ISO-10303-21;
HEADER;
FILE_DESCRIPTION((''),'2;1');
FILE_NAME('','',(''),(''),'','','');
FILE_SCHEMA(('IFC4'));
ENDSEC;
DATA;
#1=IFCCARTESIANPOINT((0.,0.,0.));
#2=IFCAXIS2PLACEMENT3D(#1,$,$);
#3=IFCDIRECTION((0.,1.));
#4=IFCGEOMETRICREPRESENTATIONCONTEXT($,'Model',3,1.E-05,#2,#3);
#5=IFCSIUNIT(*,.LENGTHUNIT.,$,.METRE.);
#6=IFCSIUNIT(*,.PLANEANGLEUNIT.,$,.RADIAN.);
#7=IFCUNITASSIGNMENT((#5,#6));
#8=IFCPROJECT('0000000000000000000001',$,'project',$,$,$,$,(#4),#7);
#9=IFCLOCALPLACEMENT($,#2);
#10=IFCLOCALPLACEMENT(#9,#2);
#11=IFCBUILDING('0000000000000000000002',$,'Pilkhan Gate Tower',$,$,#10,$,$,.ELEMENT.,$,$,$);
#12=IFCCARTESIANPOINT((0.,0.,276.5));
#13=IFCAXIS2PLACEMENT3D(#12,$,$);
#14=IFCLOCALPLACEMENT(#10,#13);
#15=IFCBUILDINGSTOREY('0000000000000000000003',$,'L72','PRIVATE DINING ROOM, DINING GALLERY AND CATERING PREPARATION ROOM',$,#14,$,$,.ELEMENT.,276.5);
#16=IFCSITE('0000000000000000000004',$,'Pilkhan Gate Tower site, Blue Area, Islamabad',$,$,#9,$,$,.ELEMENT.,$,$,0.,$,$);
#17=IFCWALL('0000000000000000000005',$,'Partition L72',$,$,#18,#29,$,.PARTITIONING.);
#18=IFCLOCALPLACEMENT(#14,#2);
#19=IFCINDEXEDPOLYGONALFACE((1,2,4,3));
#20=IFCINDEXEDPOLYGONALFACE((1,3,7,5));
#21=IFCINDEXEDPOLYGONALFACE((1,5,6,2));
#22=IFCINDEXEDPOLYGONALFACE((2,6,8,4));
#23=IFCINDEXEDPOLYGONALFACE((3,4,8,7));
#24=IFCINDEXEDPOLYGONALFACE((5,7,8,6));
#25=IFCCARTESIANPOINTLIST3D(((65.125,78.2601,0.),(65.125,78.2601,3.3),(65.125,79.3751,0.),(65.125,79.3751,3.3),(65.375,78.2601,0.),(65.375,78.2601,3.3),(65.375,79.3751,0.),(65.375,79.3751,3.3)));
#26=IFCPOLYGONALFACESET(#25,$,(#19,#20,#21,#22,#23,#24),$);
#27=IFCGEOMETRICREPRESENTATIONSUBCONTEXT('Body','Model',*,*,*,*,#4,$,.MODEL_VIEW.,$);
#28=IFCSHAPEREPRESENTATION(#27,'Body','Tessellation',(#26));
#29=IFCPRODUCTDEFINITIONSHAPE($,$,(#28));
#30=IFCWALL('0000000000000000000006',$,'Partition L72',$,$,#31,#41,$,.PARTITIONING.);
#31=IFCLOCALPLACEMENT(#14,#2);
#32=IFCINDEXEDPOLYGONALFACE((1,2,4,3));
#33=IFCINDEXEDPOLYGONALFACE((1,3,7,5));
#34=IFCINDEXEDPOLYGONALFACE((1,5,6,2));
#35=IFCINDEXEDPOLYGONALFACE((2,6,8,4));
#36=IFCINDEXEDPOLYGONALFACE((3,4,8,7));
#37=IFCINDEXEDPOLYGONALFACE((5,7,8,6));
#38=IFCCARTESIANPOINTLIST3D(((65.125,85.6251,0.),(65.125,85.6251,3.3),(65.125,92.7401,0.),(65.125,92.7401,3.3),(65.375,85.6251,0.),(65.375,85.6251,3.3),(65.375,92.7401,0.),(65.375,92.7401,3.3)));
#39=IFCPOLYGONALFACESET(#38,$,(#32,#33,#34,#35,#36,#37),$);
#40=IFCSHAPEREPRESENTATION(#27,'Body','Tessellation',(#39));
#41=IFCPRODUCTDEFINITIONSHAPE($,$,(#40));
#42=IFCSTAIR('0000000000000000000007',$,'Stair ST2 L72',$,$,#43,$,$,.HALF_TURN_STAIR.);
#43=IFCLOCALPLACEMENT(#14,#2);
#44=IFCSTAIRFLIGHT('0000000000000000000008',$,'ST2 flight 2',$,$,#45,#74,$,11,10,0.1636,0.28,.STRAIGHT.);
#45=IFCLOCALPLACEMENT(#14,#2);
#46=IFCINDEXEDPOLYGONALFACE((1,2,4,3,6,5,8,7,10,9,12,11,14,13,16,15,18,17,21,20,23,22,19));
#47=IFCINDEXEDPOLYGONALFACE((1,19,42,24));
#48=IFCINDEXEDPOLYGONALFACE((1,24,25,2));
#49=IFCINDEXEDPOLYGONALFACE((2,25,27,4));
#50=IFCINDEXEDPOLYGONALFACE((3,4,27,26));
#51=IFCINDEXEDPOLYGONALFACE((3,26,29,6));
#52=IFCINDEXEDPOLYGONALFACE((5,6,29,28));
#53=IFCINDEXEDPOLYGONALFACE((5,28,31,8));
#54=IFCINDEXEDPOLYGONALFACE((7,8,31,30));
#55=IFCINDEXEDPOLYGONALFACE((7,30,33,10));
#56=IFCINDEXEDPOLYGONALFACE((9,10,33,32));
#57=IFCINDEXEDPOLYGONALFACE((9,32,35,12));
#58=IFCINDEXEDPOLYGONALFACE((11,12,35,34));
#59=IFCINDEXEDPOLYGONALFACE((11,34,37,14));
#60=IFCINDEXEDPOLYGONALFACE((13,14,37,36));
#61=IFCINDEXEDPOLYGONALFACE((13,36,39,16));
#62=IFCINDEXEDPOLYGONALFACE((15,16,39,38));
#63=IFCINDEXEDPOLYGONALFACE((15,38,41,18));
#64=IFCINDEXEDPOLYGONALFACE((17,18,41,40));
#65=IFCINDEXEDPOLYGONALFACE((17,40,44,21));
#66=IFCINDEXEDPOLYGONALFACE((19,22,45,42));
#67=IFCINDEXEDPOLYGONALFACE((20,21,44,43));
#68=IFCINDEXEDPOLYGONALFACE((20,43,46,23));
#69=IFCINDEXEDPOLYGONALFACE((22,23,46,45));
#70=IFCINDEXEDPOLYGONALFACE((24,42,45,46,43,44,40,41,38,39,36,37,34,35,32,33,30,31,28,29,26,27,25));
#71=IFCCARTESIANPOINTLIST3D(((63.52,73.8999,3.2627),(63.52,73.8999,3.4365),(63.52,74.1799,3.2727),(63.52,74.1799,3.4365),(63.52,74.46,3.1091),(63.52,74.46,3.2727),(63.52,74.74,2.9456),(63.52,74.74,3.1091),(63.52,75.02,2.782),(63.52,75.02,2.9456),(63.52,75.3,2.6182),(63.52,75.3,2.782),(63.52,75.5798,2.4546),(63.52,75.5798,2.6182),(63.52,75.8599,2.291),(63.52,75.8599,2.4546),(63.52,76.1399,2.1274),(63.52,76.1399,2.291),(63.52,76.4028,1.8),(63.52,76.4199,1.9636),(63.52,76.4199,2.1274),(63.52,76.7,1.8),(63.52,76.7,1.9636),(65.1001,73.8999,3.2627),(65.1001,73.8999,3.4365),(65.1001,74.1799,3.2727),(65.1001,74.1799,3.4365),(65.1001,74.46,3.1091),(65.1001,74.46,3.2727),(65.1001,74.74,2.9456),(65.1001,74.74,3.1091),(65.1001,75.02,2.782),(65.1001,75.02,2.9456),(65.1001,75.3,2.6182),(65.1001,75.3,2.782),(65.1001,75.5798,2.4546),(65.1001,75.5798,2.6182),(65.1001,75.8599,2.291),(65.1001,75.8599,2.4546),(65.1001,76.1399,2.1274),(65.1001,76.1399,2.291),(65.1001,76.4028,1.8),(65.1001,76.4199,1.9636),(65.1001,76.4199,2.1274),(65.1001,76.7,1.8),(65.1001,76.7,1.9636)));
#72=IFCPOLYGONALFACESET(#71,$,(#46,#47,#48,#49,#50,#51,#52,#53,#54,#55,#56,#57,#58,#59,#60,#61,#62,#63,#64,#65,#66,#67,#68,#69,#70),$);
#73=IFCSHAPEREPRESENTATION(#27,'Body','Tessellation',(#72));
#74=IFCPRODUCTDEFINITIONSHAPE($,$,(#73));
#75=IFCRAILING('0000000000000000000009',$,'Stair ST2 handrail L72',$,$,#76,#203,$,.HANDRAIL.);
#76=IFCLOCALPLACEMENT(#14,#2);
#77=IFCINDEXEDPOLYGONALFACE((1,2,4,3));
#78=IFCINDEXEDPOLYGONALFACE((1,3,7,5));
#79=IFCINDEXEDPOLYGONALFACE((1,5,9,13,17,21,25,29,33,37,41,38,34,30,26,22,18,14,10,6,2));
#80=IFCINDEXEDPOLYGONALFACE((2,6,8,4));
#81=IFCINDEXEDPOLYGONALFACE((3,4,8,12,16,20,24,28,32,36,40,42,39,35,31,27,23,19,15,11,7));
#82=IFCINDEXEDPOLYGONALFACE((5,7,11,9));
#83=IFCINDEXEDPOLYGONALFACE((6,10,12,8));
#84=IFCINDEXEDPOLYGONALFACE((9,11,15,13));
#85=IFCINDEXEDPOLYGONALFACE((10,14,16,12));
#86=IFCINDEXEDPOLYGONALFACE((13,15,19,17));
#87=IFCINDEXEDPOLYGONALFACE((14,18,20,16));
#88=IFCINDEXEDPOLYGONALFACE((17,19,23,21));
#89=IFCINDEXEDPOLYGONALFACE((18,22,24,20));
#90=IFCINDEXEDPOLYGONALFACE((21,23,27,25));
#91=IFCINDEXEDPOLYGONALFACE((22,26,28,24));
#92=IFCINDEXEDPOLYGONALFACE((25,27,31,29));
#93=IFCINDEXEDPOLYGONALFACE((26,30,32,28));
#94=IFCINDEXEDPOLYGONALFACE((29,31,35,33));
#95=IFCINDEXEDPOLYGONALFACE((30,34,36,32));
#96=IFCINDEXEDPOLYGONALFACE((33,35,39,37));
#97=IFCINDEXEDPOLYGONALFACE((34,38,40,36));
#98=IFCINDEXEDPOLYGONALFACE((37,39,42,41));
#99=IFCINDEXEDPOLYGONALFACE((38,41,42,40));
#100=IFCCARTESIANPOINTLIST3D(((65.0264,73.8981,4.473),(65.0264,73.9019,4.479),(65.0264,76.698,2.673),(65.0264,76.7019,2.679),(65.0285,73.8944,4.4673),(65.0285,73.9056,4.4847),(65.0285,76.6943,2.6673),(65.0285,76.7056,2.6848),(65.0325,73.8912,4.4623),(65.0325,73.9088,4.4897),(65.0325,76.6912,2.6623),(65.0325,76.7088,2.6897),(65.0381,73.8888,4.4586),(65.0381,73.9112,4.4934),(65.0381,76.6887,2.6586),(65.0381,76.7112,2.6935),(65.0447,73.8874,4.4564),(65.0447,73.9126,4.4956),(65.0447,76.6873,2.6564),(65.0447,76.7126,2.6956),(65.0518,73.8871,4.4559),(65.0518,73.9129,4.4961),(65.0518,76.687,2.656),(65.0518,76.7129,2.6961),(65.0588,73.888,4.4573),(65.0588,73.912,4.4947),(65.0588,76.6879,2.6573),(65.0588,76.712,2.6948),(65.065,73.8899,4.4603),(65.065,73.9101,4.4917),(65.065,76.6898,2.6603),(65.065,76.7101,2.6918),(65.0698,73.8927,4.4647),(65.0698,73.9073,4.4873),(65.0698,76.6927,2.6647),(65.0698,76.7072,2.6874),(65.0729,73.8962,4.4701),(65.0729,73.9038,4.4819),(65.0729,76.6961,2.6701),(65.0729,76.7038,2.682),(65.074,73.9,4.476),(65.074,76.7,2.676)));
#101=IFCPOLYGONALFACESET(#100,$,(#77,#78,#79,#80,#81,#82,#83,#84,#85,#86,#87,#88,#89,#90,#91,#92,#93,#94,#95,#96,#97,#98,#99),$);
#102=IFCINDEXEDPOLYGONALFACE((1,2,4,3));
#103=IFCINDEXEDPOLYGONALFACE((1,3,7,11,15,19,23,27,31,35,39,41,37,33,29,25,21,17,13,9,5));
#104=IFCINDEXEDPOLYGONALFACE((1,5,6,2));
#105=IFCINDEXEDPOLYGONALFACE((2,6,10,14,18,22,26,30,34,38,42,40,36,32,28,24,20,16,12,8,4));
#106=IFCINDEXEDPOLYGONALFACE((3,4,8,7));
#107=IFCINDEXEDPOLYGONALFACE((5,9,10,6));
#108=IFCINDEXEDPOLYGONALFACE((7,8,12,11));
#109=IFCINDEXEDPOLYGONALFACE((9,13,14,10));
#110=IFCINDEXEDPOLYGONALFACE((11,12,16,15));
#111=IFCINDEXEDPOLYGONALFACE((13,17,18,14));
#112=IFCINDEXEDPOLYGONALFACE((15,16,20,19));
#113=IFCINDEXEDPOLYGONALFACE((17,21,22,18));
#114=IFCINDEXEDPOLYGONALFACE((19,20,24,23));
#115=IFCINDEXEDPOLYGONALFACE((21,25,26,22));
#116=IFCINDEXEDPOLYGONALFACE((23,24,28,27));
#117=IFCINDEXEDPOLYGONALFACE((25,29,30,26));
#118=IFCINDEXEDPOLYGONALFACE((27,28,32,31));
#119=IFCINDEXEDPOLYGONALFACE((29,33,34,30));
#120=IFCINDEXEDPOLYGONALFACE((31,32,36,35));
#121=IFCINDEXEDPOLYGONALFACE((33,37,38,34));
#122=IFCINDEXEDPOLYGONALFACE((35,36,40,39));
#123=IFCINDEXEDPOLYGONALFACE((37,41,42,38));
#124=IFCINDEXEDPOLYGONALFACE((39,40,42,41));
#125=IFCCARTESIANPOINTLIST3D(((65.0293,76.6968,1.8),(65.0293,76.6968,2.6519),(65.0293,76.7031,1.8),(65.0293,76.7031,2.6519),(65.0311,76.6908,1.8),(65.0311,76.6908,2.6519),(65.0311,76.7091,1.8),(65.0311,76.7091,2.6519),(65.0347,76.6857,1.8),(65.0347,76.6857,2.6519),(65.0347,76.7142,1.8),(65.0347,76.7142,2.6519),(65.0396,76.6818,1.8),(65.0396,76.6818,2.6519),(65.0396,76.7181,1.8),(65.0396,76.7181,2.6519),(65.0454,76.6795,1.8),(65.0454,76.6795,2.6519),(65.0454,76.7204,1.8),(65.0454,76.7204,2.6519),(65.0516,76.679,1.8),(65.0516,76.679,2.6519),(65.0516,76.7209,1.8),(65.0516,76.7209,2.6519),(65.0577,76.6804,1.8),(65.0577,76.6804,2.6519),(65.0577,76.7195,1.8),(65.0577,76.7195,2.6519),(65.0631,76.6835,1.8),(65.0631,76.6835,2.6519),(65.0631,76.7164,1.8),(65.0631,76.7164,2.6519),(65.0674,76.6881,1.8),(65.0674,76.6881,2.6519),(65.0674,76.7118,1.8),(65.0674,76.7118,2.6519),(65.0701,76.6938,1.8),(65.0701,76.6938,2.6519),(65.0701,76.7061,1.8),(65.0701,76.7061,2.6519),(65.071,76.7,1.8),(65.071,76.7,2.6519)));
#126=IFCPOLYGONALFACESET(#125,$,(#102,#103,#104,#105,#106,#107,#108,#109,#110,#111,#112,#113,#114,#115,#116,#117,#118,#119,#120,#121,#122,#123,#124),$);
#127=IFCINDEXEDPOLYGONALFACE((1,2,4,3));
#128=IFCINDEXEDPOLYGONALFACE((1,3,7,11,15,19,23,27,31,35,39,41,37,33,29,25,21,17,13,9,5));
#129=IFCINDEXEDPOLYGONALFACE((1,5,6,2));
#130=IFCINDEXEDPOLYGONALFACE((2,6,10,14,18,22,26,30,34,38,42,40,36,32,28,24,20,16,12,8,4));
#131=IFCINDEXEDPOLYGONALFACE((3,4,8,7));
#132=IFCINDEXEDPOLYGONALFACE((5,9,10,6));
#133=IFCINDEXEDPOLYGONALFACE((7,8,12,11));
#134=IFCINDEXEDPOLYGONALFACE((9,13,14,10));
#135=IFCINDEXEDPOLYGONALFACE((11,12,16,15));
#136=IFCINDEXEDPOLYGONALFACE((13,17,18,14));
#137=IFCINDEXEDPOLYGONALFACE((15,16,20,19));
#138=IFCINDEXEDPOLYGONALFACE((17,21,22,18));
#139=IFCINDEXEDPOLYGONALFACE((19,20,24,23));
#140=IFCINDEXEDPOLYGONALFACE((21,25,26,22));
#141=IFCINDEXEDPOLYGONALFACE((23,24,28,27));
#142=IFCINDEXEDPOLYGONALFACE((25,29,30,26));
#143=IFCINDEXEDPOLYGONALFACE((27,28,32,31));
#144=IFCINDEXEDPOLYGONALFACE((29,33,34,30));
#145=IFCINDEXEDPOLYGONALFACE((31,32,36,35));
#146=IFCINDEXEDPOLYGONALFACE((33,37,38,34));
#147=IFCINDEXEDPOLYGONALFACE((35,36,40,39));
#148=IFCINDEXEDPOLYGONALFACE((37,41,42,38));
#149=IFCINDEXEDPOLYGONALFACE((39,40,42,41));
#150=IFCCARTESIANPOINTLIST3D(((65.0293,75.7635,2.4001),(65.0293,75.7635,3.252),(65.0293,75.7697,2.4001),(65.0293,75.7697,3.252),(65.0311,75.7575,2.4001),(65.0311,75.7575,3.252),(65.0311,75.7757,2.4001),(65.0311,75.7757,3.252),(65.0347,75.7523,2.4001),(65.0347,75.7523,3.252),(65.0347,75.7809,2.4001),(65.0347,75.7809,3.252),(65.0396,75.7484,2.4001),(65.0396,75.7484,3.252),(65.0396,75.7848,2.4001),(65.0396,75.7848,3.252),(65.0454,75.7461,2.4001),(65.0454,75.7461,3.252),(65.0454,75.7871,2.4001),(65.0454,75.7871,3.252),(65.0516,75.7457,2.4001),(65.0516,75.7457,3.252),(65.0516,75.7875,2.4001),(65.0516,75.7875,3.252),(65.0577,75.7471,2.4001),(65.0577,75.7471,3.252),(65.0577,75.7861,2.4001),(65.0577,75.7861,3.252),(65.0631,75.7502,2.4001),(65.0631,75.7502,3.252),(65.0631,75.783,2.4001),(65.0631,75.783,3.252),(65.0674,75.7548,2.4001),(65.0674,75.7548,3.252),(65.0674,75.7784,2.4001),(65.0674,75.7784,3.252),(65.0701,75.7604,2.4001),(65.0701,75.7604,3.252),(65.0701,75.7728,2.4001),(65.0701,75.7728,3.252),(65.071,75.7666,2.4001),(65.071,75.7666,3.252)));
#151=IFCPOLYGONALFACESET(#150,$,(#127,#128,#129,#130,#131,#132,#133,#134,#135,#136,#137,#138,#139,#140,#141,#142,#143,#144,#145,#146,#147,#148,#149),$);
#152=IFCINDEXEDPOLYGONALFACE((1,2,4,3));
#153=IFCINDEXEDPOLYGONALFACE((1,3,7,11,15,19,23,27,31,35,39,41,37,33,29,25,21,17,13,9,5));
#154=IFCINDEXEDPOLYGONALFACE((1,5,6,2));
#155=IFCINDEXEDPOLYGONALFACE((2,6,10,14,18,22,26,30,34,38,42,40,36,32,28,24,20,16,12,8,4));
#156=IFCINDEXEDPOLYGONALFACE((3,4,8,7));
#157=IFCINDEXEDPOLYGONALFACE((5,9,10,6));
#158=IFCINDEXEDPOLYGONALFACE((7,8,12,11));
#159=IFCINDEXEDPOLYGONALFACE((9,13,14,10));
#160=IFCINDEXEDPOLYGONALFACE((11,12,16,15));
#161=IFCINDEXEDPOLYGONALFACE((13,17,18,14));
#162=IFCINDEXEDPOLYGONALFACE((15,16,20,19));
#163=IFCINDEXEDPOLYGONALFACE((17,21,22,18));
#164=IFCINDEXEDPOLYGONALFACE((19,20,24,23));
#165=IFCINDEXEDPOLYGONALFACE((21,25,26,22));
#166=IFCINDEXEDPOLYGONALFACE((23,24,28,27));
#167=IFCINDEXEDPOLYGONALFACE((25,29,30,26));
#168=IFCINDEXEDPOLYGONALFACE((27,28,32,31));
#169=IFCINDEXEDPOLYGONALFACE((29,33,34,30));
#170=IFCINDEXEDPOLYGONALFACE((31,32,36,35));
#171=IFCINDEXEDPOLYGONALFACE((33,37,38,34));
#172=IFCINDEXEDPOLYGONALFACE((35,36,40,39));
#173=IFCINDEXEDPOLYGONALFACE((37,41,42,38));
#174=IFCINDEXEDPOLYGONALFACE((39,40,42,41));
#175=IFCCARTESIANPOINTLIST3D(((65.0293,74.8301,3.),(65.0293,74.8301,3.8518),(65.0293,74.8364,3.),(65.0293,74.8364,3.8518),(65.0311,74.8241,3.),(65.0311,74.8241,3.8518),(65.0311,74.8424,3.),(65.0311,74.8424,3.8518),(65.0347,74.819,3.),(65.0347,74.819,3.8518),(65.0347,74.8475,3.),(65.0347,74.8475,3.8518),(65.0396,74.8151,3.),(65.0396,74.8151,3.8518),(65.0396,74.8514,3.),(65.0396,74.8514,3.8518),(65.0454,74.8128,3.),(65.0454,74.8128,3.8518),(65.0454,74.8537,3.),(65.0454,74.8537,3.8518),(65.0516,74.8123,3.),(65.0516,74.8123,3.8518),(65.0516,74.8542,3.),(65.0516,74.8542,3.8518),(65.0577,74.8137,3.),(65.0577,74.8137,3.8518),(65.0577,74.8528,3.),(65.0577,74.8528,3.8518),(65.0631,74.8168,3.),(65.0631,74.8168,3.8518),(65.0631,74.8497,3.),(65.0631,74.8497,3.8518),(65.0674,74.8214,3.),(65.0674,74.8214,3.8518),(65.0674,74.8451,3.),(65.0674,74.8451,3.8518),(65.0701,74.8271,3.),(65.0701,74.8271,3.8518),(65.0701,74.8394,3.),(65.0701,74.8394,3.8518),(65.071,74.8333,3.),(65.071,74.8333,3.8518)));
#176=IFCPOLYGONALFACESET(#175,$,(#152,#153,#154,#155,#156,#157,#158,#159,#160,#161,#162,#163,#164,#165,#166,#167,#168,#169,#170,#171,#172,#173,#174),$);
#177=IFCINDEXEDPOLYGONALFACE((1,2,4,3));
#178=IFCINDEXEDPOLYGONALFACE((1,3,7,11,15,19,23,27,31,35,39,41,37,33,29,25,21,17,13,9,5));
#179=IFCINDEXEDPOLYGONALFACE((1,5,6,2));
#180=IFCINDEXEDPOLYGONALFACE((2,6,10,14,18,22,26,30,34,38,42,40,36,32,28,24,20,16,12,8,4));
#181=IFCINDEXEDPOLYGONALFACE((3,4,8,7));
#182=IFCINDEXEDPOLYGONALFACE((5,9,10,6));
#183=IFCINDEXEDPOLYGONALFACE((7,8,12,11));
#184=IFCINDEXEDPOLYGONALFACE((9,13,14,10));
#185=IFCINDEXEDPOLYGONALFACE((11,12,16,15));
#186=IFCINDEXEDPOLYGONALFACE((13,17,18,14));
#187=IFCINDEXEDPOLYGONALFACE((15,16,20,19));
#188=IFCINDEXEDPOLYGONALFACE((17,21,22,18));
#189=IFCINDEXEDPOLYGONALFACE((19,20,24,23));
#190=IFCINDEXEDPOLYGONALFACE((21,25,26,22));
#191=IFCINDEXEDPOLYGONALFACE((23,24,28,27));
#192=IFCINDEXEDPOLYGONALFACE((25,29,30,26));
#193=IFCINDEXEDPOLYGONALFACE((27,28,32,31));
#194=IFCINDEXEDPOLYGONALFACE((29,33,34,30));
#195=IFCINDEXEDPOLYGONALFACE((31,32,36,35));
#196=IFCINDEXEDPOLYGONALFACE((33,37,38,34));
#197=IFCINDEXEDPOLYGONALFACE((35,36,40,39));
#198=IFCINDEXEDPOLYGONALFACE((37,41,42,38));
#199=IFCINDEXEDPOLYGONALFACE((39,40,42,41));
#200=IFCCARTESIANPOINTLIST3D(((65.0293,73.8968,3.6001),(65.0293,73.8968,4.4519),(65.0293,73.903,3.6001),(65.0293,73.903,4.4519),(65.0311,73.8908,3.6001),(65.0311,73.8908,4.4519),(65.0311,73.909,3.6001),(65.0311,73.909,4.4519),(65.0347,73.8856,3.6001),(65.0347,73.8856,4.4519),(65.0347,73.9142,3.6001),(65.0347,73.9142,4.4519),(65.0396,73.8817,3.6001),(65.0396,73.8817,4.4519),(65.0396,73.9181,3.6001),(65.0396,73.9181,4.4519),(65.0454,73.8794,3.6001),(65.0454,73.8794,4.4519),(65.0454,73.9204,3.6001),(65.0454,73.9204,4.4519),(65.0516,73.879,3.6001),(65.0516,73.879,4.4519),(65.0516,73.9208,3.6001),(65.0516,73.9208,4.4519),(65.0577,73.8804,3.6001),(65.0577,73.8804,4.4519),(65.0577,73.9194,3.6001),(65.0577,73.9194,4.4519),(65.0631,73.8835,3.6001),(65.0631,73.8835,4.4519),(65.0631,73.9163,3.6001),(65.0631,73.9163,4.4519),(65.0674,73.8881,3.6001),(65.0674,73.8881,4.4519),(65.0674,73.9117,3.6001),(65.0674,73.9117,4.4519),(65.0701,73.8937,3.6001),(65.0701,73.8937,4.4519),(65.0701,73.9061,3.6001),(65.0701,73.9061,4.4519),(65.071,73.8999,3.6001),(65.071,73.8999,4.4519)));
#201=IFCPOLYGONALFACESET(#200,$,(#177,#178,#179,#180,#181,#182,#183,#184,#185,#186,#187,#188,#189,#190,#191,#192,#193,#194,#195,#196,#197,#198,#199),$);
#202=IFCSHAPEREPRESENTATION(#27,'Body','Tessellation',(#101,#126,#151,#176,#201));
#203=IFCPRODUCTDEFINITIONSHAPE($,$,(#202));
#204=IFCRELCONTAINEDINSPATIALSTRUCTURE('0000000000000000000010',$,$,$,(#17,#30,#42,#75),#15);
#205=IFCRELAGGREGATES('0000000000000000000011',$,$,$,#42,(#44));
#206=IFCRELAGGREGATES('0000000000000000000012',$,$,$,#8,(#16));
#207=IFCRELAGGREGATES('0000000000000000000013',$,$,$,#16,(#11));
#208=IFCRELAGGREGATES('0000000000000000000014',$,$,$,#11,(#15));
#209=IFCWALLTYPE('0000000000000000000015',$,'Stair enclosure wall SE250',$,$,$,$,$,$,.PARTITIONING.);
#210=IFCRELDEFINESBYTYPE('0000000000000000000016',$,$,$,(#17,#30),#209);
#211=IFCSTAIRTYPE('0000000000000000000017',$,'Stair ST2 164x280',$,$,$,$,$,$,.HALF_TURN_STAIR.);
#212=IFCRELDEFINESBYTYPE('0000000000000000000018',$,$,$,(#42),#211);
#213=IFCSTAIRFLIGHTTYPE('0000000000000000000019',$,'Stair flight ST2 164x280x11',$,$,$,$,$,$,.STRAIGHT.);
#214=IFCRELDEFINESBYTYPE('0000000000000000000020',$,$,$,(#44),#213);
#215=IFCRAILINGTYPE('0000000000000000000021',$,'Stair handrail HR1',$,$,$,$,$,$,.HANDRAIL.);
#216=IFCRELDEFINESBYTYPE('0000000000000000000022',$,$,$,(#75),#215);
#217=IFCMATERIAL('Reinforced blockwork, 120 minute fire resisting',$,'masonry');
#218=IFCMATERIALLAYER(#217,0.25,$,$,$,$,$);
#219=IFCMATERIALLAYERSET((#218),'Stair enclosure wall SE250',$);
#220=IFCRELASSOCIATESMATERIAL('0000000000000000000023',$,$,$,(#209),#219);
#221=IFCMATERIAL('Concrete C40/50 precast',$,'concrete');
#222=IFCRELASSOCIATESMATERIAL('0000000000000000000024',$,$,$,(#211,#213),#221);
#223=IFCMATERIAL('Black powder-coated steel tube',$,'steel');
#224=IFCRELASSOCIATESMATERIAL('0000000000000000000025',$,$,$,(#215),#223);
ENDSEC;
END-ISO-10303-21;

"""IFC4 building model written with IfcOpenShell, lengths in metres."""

from ifc_helpers import new_model, si_unit, direction, frame, frame_2d, origin, origin_2d, place, context, subcontext, project, spatial, polyline, rectangle, circle, outline, extrude, material, layer, layer_set, type_object, element, aggregate, save


model = new_model("IFC4")

# Units and contexts
model_context = context("Model", 3, precision=1e-05, world=origin(), true_north=direction((0.0, 1.0)))
body_context = subcontext(model_context, "Body", "Model", "MODEL_VIEW")
ifc_project = project(units=[si_unit("LENGTHUNIT", "METRE"), si_unit("PLANEANGLEUNIT", "RADIAN")], contexts=[model_context])

# Site, building, storey
site_placement = place(None, origin())
site = spatial("IfcSite", under=ifc_project, at=site_placement, Name="Pilkhan Gate Tower site, Blue Area, Islamabad", CompositionType="ELEMENT", RefElevation=0.0)
building_placement = place(site_placement, origin())
building = spatial("IfcBuilding", under=site, at=building_placement, Name="Pilkhan Gate Tower", CompositionType="ELEMENT")
storey_placement = place(building_placement, frame((0.0, 0.0, 276.5)))
storey = spatial("IfcBuildingStorey", under=building, at=storey_placement, Name="L72", Description="PRIVATE DINING ROOM, DINING GALLERY AND CATERING PREPARATION ROOM", CompositionType="ELEMENT", Elevation=276.5)

# Shared definitions
ifc_material_1 = material(Name="Reinforced blockwork, 120 minute fire resisting", Category="masonry")
ifc_layer_1 = layer(ifc_material_1, 0.25)
ifc_layer_set_1 = layer_set([ifc_layer_1], Name="Stair enclosure wall SE250")
wall_type_1 = type_object("IfcWallType", Name="Stair enclosure wall SE250", PredefinedType="PARTITIONING", material=ifc_layer_set_1)

# Walls
wall_1_placement = place(storey_placement, frame((65.25, 78.26, 0.0), z_axis=(0.0, 0.0, 1.0), x_axis=(0.0, 1.0, 0.0)))
element("IfcWall", 1, at=wall_1_placement, inside=storey, type_object=wall_type_1, Name="Partition L72", PredefinedType="PARTITIONING", context=body_context, shape_type="SweptSolid", body=[
    extrude(rectangle(XDim=1.115, YDim=0.25, at=frame_2d((0.5576, 0.0))), origin(), (0.0, 0.0, 1.0), 3.3),
])
wall_2_placement = place(storey_placement, frame((65.25, 85.625, 0.0), z_axis=(0.0, 0.0, 1.0), x_axis=(0.0, 1.0, 0.0)))
element("IfcWall", 2, at=wall_2_placement, inside=storey, type_object=wall_type_1, Name="Partition L72", PredefinedType="PARTITIONING", context=body_context, shape_type="SweptSolid", body=[
    extrude(rectangle(XDim=7.115, YDim=0.25, at=frame_2d((3.5576, 0.0))), origin(), (0.0, 0.0, 1.0), 3.3),
])

# Stair, stair flight
ifc_material_2 = material(Name="Concrete C40/50 precast", Category="concrete")
stair_type = type_object("IfcStairType", Name="Stair ST2 164x280", PredefinedType="HALF_TURN_STAIR", material=ifc_material_2)
stair_placement = place(storey_placement, origin())
stair = element("IfcStair", 3, at=stair_placement, inside=storey, type_object=stair_type, Name="Stair ST2 L72", PredefinedType="HALF_TURN_STAIR")
stair_flight_type = type_object("IfcStairFlightType", Name="Stair flight ST2 164x280x11", PredefinedType="STRAIGHT", material=ifc_material_2)
stair_flight_placement = place(storey_placement, frame((64.3101, 76.7, 1.8), z_axis=(0.0, 0.0, 1.0), x_axis=(0.0, -1.0, 0.0)))
stair_flight = element("IfcStairFlight", 4, at=stair_flight_placement, type_object=stair_flight_type, Name="ST2 flight 2", NumberOfRisers=11, NumberOfTreads=10, PredefinedType="STRAIGHT", RiserHeight=0.1636, TreadLength=0.28, context=body_context, shape_type="SweptSolid", body=[
    extrude(outline(polyline([(0.0, 0.0), (0.0, 0.1636), (0.28, 0.1636), (0.28, 0.3274), (0.5601, 0.3274), (0.5601, 0.491), (0.8401, 0.491), (0.8401, 0.6545), (1.1201, 0.6545), (1.1201, 0.8181), (1.3999, 0.8181), (1.3999, 0.9819), (1.6799, 0.9819), (1.6799, 1.1455), (1.96, 1.1455), (1.96, 1.3091), (2.24, 1.3091), (2.24, 1.4727), (2.52, 1.4727), (2.52, 1.6365), (2.8, 1.6365), (2.8, 1.8), (2.8, 1.4626), (0.2971, 0.0), (0.0, 0.0)])), frame((0.0, 0.79, 0.0), z_axis=(0.0, -1.0, 0.0), x_axis=(1.0, 0.0, 0.0)), (0.0, 0.0, 1.0), 1.5801),
])
aggregate(stair, [stair_flight])

# Railing
ifc_material_3 = material(Name="Black powder-coated steel tube", Category="steel")
railing_type_1 = type_object("IfcRailingType", Name="Stair handrail HR1", PredefinedType="HANDRAIL", material=ifc_material_3)
railing_1_placement = place(storey_placement, frame((65.05, 76.7, 1.8)))
element("IfcRailing", 5, at=railing_1_placement, inside=storey, type_object=railing_type_1, Name="Stair ST2 handrail L72", PredefinedType="HANDRAIL", context=body_context, shape_type="SweptSolid", body=[
    extrude(circle(Radius=0.0239, at=origin_2d()), frame((0.0, 0.0, 0.876), z_axis=(0.0, -0.841176, 0.540761), x_axis=(1.0, 0.0, 0.0)), (0.0, 0.0, 1.0), 3.3286),
    extrude(circle(Radius=0.021, at=origin_2d()), origin(), (0.0, 0.0, 1.0), 0.8518),
    extrude(circle(Radius=0.021, at=origin_2d()), frame((0.0, -0.9333, 0.6001)), (0.0, 0.0, 1.0), 0.8518),
    extrude(circle(Radius=0.021, at=origin_2d()), frame((0.0, -1.8667, 1.2)), (0.0, 0.0, 1.0), 0.8518),
    extrude(circle(Radius=0.021, at=origin_2d()), frame((0.0, -2.8, 1.8)), (0.0, 0.0, 1.0), 0.8518),
])

save(model, "model.ifc")
